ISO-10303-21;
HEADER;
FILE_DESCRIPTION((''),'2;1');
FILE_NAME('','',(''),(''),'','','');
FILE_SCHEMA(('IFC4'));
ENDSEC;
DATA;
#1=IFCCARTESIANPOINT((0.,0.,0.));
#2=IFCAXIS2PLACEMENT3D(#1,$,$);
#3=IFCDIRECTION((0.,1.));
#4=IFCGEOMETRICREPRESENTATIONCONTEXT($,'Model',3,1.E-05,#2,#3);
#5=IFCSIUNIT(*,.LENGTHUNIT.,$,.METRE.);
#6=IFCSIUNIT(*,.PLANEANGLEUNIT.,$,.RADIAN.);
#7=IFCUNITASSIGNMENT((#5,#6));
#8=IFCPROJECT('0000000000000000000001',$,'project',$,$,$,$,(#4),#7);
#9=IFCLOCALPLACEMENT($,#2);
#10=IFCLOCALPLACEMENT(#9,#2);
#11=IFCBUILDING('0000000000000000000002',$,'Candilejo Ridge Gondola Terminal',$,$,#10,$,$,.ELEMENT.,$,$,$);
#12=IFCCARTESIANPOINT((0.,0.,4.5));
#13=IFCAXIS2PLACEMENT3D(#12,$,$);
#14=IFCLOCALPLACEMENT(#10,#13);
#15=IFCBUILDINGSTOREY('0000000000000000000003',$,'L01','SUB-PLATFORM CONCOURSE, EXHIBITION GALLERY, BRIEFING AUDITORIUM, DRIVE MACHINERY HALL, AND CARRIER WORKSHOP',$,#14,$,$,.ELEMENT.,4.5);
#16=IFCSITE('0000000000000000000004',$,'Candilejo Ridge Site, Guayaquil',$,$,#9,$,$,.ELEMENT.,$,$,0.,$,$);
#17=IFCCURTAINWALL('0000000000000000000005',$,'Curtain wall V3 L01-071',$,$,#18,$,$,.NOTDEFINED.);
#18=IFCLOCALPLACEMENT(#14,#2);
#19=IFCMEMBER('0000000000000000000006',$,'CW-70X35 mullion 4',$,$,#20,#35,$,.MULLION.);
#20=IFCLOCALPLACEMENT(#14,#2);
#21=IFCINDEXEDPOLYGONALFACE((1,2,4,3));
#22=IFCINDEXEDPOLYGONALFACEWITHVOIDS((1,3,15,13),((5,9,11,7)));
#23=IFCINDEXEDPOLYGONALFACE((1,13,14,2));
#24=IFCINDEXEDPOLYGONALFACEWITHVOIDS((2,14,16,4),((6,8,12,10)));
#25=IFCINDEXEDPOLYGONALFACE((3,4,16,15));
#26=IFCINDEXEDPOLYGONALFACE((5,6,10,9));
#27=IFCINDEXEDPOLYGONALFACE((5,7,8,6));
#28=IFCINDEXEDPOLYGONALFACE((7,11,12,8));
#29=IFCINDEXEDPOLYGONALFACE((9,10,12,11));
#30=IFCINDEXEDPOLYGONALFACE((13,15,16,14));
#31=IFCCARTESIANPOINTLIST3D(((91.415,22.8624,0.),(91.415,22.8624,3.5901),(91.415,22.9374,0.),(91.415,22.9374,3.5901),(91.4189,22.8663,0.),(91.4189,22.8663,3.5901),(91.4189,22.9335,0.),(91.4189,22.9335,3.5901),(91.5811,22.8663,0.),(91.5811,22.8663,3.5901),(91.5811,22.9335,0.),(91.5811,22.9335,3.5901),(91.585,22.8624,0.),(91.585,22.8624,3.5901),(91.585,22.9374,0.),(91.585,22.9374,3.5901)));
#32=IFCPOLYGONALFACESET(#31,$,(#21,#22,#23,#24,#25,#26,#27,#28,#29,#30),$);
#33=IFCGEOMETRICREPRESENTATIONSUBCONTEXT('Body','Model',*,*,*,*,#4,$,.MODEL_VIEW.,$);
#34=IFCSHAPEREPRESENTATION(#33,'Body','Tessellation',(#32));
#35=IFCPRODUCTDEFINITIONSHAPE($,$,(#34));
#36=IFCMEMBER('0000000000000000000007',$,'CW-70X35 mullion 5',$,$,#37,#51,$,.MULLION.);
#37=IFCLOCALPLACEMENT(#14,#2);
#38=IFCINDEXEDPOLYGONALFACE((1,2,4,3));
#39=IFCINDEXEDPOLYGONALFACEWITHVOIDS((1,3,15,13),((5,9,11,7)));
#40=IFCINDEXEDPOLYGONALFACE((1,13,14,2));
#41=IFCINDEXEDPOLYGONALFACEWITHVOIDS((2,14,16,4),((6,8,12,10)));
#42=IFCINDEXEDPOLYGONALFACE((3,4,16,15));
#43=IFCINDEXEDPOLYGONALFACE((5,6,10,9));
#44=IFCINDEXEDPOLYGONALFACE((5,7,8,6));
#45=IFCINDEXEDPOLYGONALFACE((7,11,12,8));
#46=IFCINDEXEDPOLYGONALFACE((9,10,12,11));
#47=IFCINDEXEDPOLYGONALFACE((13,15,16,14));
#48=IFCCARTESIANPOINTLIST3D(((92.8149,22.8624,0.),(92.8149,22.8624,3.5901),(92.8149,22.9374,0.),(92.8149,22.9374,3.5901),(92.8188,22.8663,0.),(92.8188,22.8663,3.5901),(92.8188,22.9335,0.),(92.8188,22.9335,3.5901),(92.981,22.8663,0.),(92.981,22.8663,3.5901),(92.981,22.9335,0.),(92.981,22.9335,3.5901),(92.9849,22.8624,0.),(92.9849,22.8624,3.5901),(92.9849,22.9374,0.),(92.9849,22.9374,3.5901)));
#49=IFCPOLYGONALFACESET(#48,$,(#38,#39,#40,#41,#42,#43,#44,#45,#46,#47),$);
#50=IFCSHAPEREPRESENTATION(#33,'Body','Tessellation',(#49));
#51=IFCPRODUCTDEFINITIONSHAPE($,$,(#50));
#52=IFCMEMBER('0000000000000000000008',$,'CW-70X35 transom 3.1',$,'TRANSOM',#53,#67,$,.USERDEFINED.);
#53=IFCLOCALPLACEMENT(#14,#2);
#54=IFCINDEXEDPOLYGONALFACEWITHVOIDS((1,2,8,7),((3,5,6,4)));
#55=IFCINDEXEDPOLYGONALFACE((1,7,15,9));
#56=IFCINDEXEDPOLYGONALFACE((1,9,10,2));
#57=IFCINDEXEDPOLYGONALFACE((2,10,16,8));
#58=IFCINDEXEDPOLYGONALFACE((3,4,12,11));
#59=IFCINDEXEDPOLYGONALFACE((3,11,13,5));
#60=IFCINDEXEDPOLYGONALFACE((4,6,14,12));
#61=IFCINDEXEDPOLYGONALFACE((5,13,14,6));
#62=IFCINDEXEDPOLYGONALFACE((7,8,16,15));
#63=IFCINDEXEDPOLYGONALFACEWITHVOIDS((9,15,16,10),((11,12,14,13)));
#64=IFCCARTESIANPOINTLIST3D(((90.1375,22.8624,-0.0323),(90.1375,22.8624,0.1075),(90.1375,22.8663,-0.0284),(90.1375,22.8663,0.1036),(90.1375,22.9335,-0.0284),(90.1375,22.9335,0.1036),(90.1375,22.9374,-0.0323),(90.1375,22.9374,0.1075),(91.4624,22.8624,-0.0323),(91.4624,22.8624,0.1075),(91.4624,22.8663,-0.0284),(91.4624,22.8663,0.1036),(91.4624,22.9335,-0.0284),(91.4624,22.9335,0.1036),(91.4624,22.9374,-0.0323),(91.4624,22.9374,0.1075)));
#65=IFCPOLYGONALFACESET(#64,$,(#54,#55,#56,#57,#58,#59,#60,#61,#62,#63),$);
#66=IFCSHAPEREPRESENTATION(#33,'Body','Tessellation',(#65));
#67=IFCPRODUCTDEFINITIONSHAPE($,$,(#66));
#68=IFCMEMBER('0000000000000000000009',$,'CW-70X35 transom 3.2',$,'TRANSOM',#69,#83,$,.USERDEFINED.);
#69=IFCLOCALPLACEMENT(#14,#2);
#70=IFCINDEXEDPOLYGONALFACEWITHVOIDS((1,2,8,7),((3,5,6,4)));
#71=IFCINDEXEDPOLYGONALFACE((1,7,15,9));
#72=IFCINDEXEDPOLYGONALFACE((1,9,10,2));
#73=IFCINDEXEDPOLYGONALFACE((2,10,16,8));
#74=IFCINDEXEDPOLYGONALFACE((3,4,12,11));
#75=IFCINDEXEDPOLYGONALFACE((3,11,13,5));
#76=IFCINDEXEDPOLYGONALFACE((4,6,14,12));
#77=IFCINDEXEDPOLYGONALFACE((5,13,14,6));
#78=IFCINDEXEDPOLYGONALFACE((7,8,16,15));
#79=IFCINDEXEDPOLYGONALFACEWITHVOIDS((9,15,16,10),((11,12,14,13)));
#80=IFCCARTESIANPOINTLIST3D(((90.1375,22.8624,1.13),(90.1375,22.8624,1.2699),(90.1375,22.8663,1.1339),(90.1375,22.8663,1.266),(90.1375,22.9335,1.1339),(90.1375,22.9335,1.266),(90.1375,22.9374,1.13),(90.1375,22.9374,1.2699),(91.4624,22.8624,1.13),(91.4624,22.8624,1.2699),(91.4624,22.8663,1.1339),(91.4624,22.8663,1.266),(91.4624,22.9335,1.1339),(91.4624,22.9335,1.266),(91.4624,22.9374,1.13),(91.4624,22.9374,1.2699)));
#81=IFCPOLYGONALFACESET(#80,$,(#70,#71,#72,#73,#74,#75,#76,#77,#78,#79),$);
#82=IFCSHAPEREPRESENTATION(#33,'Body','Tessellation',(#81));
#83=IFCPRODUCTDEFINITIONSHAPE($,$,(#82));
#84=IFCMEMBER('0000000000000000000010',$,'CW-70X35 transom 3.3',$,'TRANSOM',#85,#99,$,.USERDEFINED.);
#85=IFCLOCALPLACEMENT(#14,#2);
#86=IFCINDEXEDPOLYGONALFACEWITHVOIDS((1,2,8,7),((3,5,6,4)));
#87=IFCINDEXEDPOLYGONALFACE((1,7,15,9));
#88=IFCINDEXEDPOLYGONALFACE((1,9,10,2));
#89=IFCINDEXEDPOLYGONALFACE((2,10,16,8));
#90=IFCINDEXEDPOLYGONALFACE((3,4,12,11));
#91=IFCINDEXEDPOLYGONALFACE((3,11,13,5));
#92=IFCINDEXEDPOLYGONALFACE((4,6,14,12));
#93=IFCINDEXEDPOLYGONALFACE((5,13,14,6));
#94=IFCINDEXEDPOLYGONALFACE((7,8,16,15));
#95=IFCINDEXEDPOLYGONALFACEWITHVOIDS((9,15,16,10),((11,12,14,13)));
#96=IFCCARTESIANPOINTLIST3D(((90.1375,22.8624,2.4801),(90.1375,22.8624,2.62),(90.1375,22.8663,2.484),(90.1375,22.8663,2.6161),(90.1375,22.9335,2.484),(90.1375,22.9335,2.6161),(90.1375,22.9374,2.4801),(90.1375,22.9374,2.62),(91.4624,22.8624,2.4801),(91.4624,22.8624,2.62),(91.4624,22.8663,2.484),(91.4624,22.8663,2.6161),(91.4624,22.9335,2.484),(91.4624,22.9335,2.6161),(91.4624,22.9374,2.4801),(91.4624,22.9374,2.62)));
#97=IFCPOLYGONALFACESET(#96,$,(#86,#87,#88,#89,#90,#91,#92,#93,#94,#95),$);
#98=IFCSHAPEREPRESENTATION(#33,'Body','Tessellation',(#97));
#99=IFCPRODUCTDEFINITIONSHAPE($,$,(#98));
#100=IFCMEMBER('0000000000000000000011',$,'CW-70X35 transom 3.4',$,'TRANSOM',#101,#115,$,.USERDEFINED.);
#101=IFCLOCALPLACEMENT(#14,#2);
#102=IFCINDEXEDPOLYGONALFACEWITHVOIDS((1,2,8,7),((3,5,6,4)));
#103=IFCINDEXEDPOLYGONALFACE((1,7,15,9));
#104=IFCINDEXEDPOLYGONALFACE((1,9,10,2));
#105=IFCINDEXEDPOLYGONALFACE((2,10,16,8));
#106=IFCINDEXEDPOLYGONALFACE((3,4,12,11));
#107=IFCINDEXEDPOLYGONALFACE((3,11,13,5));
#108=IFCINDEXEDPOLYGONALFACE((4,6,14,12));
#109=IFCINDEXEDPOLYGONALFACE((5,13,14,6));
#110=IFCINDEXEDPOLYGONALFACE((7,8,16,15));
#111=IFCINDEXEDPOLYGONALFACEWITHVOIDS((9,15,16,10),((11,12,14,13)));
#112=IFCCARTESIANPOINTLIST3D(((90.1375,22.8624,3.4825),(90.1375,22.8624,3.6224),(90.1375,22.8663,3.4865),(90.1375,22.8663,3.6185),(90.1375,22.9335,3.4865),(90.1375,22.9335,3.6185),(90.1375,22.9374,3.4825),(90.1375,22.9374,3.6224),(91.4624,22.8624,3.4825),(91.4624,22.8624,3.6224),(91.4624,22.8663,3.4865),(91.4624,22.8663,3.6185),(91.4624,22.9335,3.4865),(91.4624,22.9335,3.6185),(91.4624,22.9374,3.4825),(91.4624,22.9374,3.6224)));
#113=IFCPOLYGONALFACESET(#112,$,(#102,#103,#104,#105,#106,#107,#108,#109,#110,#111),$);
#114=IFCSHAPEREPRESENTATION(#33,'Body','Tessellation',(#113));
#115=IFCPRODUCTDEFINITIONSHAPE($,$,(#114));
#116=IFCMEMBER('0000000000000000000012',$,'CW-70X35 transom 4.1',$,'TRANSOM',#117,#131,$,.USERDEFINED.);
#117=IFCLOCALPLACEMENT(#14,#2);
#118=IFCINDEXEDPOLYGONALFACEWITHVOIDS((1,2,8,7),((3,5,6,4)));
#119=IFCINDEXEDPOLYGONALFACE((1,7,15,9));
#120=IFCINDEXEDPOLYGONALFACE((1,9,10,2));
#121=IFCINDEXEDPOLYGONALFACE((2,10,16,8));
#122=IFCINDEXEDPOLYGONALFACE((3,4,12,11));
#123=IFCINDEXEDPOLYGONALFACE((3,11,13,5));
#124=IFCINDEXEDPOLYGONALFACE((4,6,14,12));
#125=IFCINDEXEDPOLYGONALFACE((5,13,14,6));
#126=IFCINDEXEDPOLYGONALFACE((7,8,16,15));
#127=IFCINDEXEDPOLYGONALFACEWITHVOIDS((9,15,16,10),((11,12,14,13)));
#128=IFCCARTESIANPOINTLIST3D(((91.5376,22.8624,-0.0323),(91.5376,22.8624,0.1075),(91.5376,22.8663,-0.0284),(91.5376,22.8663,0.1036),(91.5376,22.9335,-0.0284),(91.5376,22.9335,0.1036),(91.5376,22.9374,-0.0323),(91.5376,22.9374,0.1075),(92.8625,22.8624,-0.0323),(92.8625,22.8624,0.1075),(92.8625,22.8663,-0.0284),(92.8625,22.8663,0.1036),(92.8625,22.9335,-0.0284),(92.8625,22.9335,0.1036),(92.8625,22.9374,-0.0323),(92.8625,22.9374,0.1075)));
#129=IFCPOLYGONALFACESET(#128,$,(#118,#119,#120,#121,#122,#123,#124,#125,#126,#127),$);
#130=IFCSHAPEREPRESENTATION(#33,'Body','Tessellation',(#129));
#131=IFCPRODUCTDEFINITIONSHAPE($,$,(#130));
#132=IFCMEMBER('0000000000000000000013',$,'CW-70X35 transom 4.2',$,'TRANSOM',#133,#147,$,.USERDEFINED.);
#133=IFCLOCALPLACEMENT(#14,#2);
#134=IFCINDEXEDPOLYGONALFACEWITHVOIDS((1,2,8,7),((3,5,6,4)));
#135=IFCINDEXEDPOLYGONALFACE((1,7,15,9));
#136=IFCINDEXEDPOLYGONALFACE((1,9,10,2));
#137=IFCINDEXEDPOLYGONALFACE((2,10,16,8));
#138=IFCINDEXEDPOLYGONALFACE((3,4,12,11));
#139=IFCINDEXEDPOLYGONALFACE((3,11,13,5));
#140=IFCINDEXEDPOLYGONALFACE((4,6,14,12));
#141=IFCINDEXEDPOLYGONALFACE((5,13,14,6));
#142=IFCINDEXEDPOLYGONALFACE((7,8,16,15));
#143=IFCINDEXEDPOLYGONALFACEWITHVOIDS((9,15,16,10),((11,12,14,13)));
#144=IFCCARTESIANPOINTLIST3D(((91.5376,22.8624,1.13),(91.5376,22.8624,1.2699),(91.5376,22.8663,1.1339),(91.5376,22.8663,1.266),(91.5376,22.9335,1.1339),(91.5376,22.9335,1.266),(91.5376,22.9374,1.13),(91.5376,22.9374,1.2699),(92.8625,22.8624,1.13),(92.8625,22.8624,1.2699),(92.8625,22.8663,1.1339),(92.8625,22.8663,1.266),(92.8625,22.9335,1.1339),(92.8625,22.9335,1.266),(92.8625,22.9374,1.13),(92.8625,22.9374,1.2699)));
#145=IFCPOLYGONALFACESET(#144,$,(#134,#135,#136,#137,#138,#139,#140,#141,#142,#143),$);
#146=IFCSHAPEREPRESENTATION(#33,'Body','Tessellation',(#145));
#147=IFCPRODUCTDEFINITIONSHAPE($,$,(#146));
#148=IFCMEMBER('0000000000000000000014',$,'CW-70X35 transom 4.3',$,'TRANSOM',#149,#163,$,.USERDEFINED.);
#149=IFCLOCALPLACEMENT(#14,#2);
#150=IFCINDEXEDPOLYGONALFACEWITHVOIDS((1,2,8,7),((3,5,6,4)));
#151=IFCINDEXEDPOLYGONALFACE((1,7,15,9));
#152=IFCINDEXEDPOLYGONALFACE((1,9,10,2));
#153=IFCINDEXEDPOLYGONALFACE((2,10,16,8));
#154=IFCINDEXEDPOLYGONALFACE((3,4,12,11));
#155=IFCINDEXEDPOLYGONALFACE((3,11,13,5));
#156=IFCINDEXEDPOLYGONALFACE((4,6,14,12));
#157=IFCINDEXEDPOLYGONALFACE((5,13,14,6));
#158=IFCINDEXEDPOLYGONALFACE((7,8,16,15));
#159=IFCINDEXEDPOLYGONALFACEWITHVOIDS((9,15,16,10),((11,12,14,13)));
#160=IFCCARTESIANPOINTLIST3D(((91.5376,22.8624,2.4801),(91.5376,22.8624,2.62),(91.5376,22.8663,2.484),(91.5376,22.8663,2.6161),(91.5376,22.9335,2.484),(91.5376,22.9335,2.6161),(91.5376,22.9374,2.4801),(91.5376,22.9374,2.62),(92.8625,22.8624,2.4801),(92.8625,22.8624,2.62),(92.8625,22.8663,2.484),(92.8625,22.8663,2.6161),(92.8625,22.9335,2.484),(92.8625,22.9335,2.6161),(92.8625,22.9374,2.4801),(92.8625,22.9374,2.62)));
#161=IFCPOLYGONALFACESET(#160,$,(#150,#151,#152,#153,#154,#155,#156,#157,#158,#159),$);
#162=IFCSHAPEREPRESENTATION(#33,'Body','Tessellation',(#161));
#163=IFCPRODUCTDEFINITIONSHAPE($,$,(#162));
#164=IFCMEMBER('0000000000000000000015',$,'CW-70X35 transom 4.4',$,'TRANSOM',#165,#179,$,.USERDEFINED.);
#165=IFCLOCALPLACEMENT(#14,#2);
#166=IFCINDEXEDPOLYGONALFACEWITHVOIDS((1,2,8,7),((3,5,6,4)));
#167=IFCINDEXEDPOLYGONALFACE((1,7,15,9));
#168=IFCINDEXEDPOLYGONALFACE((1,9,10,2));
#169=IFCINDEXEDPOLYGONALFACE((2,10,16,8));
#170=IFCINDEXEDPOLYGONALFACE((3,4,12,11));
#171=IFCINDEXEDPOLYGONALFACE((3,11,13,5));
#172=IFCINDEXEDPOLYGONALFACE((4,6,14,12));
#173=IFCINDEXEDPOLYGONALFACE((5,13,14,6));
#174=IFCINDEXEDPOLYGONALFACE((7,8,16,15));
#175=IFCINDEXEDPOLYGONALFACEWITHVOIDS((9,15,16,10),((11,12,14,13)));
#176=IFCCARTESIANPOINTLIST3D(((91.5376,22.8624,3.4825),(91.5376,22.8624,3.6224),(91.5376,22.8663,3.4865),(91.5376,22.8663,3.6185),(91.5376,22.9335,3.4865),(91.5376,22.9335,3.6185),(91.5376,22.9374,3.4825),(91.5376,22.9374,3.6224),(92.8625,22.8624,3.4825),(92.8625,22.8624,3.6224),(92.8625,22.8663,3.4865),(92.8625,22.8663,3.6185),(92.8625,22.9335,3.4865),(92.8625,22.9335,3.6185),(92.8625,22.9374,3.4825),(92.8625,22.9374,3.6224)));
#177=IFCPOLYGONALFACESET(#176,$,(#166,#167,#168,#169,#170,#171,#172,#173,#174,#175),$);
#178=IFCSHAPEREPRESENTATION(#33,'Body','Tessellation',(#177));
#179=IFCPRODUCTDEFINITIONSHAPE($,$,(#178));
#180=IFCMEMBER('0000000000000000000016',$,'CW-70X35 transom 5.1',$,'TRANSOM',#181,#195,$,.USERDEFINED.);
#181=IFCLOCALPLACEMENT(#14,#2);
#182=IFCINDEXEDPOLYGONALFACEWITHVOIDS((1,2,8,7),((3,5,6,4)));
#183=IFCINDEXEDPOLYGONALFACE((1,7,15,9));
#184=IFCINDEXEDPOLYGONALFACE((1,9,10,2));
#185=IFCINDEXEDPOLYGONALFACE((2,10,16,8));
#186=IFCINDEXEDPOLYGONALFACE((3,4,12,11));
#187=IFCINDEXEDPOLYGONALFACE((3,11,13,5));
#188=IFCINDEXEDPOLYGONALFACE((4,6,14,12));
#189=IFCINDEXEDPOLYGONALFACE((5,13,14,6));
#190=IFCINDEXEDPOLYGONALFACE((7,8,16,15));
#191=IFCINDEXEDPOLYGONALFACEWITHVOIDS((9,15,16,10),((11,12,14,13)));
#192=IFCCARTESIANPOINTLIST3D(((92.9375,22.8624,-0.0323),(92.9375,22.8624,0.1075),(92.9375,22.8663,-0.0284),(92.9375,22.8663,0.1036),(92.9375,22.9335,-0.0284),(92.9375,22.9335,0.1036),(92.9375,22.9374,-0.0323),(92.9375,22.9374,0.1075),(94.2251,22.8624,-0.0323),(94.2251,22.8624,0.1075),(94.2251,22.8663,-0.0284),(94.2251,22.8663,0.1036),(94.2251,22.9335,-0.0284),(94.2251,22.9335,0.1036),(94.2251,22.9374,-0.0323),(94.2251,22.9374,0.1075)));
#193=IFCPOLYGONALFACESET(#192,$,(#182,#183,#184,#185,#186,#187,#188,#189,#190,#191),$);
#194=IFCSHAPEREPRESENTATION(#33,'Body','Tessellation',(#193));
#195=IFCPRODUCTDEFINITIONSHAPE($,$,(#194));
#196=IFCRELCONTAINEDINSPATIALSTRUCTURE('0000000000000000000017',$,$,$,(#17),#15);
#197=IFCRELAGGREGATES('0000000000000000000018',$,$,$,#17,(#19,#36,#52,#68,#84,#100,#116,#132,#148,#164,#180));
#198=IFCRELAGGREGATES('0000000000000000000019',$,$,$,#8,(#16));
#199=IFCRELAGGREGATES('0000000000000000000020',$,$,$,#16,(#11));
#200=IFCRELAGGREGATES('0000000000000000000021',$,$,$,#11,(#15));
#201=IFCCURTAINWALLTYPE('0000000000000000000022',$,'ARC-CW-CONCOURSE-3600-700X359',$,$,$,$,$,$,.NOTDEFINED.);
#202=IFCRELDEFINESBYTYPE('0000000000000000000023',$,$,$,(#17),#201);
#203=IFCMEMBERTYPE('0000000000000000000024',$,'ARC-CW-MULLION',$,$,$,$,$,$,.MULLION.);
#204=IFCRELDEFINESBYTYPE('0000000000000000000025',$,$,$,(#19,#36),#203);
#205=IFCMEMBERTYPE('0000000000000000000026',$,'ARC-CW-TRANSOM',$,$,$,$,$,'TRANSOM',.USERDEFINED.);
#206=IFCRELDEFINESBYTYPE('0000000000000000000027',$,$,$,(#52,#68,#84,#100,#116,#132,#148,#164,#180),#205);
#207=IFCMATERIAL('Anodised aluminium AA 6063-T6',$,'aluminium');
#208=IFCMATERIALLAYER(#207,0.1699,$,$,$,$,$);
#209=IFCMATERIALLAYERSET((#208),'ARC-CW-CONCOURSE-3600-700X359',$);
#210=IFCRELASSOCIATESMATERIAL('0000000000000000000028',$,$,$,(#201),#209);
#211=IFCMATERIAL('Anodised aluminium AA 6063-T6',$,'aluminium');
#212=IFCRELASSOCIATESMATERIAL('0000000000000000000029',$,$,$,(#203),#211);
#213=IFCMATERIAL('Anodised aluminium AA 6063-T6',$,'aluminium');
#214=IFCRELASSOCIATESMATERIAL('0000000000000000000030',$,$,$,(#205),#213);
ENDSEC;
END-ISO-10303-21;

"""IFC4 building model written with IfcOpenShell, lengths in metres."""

from ifc_helpers import new_model, si_unit, direction, frame, origin, origin_2d, place, context, subcontext, project, spatial, hollow_rectangle, extrude, material, layer, layer_set, material_profile, profile_set, type_object, element, aggregate, save


model = new_model("IFC4")

# Units and contexts
model_context = context("Model", 3, precision=1e-05, world=origin(), true_north=direction((0.0, 1.0)))
body_context = subcontext(model_context, "Body", "Model", "MODEL_VIEW")
ifc_project = project(units=[si_unit("LENGTHUNIT", "METRE"), si_unit("PLANEANGLEUNIT", "RADIAN")], contexts=[model_context])

# Site, building, storey
site_placement = place(None, origin())
site = spatial("IfcSite", under=ifc_project, at=site_placement, Name="Candilejo Ridge Site, Guayaquil", CompositionType="ELEMENT", RefElevation=0.0)
building_placement = place(site_placement, origin())
building = spatial("IfcBuilding", under=site, at=building_placement, Name="Candilejo Ridge Gondola Terminal", CompositionType="ELEMENT")
storey_placement = place(building_placement, frame((0.0, 0.0, 4.5)))
storey = spatial("IfcBuildingStorey", under=building, at=storey_placement, Name="L01", Description="SUB-PLATFORM CONCOURSE, EXHIBITION GALLERY, BRIEFING AUDITORIUM, DRIVE MACHINERY HALL, AND CARRIER WORKSHOP", CompositionType="ELEMENT", Elevation=4.5)

# Curtain wall, members
ifc_material_1 = material(Name="Anodised aluminium AA 6063-T6", Category="aluminium")
ifc_layer_1 = layer(ifc_material_1, 0.1699)
ifc_layer_set_1 = layer_set([ifc_layer_1], Name="ARC-CW-CONCOURSE-3600-700X359")
curtain_wall_type = type_object("IfcCurtainWallType", Name="ARC-CW-CONCOURSE-3600-700X359", PredefinedType="NOTDEFINED", material=ifc_layer_set_1)
curtain_wall_placement = place(storey_placement, origin())
curtain_wall = element("IfcCurtainWall", 1, at=curtain_wall_placement, inside=storey, type_object=curtain_wall_type, Name="Curtain wall V3 L01-071", PredefinedType="NOTDEFINED")
ifc_material_2 = material(Name="Anodised aluminium AA 6063-T6", Category="aluminium")
ifc_material_profile_1 = material_profile(ifc_material_2, hollow_rectangle(XDim=0.075, YDim=0.1699, WallThickness=0.0039, at=origin_2d()))
ifc_profile_set_1 = profile_set([ifc_material_profile_1], Name="Anodised aluminium AA 6063-T6")
member_type_1 = type_object("IfcMemberType", Name="ARC-CW-MULLION", PredefinedType="MULLION", material=ifc_profile_set_1)
member_1_placement = place(storey_placement, frame((91.5, 22.8999, 0.0), z_axis=(0.0, 0.0, 1.0), x_axis=(0.0, 1.0, 0.0)))
member_1 = element("IfcMember", 2, at=member_1_placement, type_object=member_type_1, Name="CW-70X35 mullion 4", PredefinedType="MULLION", context=body_context, shape_type="SweptSolid", body=[
    extrude(hollow_rectangle(XDim=0.075, YDim=0.1699, WallThickness=0.0039, at=origin_2d()), origin(), (0.0, 0.0, 1.0), 3.5901),
])
member_2_placement = place(storey_placement, frame((92.8999, 22.8999, 0.0), z_axis=(0.0, 0.0, 1.0), x_axis=(0.0, 1.0, 0.0)))
member_2 = element("IfcMember", 3, at=member_2_placement, type_object=member_type_1, Name="CW-70X35 mullion 5", PredefinedType="MULLION", context=body_context, shape_type="SweptSolid", body=[
    extrude(hollow_rectangle(XDim=0.075, YDim=0.1699, WallThickness=0.0039, at=origin_2d()), origin(), (0.0, 0.0, 1.0), 3.5901),
])
ifc_material_3 = material(Name="Anodised aluminium AA 6063-T6", Category="aluminium")
ifc_material_profile_2 = material_profile(ifc_material_3, hollow_rectangle(XDim=0.075, YDim=0.1399, WallThickness=0.0039, at=origin_2d()))
ifc_profile_set_2 = profile_set([ifc_material_profile_2], Name="Anodised aluminium AA 6063-T6")
member_type_2 = type_object("IfcMemberType", Name="ARC-CW-TRANSOM", ElementType="TRANSOM", PredefinedType="USERDEFINED", material=ifc_profile_set_2)
member_3_placement = place(storey_placement, frame((90.1375, 22.8999, 0.0376), z_axis=(1.0, 0.0, 0.0), x_axis=(0.0, 1.0, 0.0)))
member_3 = element("IfcMember", 4, at=member_3_placement, type_object=member_type_2, Name="CW-70X35 transom 3.1", ObjectType="TRANSOM", PredefinedType="USERDEFINED", context=body_context, shape_type="SweptSolid", body=[
    extrude(hollow_rectangle(XDim=0.075, YDim=0.1399, WallThickness=0.0039, at=origin_2d()), origin(), (0.0, 0.0, 1.0), 1.325),
])
member_4_placement = place(storey_placement, frame((90.1375, 22.8999, 1.2), z_axis=(1.0, 0.0, 0.0), x_axis=(0.0, 1.0, 0.0)))
member_4 = element("IfcMember", 5, at=member_4_placement, type_object=member_type_2, Name="CW-70X35 transom 3.2", ObjectType="TRANSOM", PredefinedType="USERDEFINED", context=body_context, shape_type="SweptSolid", body=[
    extrude(hollow_rectangle(XDim=0.075, YDim=0.1399, WallThickness=0.0039, at=origin_2d()), origin(), (0.0, 0.0, 1.0), 1.325),
])
member_5_placement = place(storey_placement, frame((90.1375, 22.8999, 2.55), z_axis=(1.0, 0.0, 0.0), x_axis=(0.0, 1.0, 0.0)))
member_5 = element("IfcMember", 6, at=member_5_placement, type_object=member_type_2, Name="CW-70X35 transom 3.3", ObjectType="TRANSOM", PredefinedType="USERDEFINED", context=body_context, shape_type="SweptSolid", body=[
    extrude(hollow_rectangle(XDim=0.075, YDim=0.1399, WallThickness=0.0039, at=origin_2d()), origin(), (0.0, 0.0, 1.0), 1.325),
])
member_6_placement = place(storey_placement, frame((90.1375, 22.8999, 3.5525), z_axis=(1.0, 0.0, 0.0), x_axis=(0.0, 1.0, 0.0)))
member_6 = element("IfcMember", 7, at=member_6_placement, type_object=member_type_2, Name="CW-70X35 transom 3.4", ObjectType="TRANSOM", PredefinedType="USERDEFINED", context=body_context, shape_type="SweptSolid", body=[
    extrude(hollow_rectangle(XDim=0.075, YDim=0.1399, WallThickness=0.0039, at=origin_2d()), origin(), (0.0, 0.0, 1.0), 1.325),
])
member_7_placement = place(storey_placement, frame((91.5376, 22.8999, 0.0376), z_axis=(1.0, 0.0, 0.0), x_axis=(0.0, 1.0, 0.0)))
member_7 = element("IfcMember", 8, at=member_7_placement, type_object=member_type_2, Name="CW-70X35 transom 4.1", ObjectType="TRANSOM", PredefinedType="USERDEFINED", context=body_context, shape_type="SweptSolid", body=[
    extrude(hollow_rectangle(XDim=0.075, YDim=0.1399, WallThickness=0.0039, at=origin_2d()), origin(), (0.0, 0.0, 1.0), 1.325),
])
member_8_placement = place(storey_placement, frame((91.5376, 22.8999, 1.2), z_axis=(1.0, 0.0, 0.0), x_axis=(0.0, 1.0, 0.0)))
member_8 = element("IfcMember", 9, at=member_8_placement, type_object=member_type_2, Name="CW-70X35 transom 4.2", ObjectType="TRANSOM", PredefinedType="USERDEFINED", context=body_context, shape_type="SweptSolid", body=[
    extrude(hollow_rectangle(XDim=0.075, YDim=0.1399, WallThickness=0.0039, at=origin_2d()), origin(), (0.0, 0.0, 1.0), 1.325),
])
member_9_placement = place(storey_placement, frame((91.5376, 22.8999, 2.55), z_axis=(1.0, 0.0, 0.0), x_axis=(0.0, 1.0, 0.0)))
member_9 = element("IfcMember", 10, at=member_9_placement, type_object=member_type_2, Name="CW-70X35 transom 4.3", ObjectType="TRANSOM", PredefinedType="USERDEFINED", context=body_context, shape_type="SweptSolid", body=[
    extrude(hollow_rectangle(XDim=0.075, YDim=0.1399, WallThickness=0.0039, at=origin_2d()), origin(), (0.0, 0.0, 1.0), 1.325),
])
member_10_placement = place(storey_placement, frame((91.5376, 22.8999, 3.5525), z_axis=(1.0, 0.0, 0.0), x_axis=(0.0, 1.0, 0.0)))
member_10 = element("IfcMember", 11, at=member_10_placement, type_object=member_type_2, Name="CW-70X35 transom 4.4", ObjectType="TRANSOM", PredefinedType="USERDEFINED", context=body_context, shape_type="SweptSolid", body=[
    extrude(hollow_rectangle(XDim=0.075, YDim=0.1399, WallThickness=0.0039, at=origin_2d()), origin(), (0.0, 0.0, 1.0), 1.325),
])
member_11_placement = place(storey_placement, frame((92.9375, 22.8999, 0.0376), z_axis=(1.0, 0.0, 0.0), x_axis=(0.0, 1.0, 0.0)))
member_11 = element("IfcMember", 12, at=member_11_placement, type_object=member_type_2, Name="CW-70X35 transom 5.1", ObjectType="TRANSOM", PredefinedType="USERDEFINED", context=body_context, shape_type="SweptSolid", body=[
    extrude(hollow_rectangle(XDim=0.075, YDim=0.1399, WallThickness=0.0039, at=origin_2d()), origin(), (0.0, 0.0, 1.0), 1.2876),
])
aggregate(curtain_wall, [member_1, member_2, member_3, member_4, member_5, member_6, member_7, member_8, member_9, member_10, member_11])

save(model, "model.ifc")
